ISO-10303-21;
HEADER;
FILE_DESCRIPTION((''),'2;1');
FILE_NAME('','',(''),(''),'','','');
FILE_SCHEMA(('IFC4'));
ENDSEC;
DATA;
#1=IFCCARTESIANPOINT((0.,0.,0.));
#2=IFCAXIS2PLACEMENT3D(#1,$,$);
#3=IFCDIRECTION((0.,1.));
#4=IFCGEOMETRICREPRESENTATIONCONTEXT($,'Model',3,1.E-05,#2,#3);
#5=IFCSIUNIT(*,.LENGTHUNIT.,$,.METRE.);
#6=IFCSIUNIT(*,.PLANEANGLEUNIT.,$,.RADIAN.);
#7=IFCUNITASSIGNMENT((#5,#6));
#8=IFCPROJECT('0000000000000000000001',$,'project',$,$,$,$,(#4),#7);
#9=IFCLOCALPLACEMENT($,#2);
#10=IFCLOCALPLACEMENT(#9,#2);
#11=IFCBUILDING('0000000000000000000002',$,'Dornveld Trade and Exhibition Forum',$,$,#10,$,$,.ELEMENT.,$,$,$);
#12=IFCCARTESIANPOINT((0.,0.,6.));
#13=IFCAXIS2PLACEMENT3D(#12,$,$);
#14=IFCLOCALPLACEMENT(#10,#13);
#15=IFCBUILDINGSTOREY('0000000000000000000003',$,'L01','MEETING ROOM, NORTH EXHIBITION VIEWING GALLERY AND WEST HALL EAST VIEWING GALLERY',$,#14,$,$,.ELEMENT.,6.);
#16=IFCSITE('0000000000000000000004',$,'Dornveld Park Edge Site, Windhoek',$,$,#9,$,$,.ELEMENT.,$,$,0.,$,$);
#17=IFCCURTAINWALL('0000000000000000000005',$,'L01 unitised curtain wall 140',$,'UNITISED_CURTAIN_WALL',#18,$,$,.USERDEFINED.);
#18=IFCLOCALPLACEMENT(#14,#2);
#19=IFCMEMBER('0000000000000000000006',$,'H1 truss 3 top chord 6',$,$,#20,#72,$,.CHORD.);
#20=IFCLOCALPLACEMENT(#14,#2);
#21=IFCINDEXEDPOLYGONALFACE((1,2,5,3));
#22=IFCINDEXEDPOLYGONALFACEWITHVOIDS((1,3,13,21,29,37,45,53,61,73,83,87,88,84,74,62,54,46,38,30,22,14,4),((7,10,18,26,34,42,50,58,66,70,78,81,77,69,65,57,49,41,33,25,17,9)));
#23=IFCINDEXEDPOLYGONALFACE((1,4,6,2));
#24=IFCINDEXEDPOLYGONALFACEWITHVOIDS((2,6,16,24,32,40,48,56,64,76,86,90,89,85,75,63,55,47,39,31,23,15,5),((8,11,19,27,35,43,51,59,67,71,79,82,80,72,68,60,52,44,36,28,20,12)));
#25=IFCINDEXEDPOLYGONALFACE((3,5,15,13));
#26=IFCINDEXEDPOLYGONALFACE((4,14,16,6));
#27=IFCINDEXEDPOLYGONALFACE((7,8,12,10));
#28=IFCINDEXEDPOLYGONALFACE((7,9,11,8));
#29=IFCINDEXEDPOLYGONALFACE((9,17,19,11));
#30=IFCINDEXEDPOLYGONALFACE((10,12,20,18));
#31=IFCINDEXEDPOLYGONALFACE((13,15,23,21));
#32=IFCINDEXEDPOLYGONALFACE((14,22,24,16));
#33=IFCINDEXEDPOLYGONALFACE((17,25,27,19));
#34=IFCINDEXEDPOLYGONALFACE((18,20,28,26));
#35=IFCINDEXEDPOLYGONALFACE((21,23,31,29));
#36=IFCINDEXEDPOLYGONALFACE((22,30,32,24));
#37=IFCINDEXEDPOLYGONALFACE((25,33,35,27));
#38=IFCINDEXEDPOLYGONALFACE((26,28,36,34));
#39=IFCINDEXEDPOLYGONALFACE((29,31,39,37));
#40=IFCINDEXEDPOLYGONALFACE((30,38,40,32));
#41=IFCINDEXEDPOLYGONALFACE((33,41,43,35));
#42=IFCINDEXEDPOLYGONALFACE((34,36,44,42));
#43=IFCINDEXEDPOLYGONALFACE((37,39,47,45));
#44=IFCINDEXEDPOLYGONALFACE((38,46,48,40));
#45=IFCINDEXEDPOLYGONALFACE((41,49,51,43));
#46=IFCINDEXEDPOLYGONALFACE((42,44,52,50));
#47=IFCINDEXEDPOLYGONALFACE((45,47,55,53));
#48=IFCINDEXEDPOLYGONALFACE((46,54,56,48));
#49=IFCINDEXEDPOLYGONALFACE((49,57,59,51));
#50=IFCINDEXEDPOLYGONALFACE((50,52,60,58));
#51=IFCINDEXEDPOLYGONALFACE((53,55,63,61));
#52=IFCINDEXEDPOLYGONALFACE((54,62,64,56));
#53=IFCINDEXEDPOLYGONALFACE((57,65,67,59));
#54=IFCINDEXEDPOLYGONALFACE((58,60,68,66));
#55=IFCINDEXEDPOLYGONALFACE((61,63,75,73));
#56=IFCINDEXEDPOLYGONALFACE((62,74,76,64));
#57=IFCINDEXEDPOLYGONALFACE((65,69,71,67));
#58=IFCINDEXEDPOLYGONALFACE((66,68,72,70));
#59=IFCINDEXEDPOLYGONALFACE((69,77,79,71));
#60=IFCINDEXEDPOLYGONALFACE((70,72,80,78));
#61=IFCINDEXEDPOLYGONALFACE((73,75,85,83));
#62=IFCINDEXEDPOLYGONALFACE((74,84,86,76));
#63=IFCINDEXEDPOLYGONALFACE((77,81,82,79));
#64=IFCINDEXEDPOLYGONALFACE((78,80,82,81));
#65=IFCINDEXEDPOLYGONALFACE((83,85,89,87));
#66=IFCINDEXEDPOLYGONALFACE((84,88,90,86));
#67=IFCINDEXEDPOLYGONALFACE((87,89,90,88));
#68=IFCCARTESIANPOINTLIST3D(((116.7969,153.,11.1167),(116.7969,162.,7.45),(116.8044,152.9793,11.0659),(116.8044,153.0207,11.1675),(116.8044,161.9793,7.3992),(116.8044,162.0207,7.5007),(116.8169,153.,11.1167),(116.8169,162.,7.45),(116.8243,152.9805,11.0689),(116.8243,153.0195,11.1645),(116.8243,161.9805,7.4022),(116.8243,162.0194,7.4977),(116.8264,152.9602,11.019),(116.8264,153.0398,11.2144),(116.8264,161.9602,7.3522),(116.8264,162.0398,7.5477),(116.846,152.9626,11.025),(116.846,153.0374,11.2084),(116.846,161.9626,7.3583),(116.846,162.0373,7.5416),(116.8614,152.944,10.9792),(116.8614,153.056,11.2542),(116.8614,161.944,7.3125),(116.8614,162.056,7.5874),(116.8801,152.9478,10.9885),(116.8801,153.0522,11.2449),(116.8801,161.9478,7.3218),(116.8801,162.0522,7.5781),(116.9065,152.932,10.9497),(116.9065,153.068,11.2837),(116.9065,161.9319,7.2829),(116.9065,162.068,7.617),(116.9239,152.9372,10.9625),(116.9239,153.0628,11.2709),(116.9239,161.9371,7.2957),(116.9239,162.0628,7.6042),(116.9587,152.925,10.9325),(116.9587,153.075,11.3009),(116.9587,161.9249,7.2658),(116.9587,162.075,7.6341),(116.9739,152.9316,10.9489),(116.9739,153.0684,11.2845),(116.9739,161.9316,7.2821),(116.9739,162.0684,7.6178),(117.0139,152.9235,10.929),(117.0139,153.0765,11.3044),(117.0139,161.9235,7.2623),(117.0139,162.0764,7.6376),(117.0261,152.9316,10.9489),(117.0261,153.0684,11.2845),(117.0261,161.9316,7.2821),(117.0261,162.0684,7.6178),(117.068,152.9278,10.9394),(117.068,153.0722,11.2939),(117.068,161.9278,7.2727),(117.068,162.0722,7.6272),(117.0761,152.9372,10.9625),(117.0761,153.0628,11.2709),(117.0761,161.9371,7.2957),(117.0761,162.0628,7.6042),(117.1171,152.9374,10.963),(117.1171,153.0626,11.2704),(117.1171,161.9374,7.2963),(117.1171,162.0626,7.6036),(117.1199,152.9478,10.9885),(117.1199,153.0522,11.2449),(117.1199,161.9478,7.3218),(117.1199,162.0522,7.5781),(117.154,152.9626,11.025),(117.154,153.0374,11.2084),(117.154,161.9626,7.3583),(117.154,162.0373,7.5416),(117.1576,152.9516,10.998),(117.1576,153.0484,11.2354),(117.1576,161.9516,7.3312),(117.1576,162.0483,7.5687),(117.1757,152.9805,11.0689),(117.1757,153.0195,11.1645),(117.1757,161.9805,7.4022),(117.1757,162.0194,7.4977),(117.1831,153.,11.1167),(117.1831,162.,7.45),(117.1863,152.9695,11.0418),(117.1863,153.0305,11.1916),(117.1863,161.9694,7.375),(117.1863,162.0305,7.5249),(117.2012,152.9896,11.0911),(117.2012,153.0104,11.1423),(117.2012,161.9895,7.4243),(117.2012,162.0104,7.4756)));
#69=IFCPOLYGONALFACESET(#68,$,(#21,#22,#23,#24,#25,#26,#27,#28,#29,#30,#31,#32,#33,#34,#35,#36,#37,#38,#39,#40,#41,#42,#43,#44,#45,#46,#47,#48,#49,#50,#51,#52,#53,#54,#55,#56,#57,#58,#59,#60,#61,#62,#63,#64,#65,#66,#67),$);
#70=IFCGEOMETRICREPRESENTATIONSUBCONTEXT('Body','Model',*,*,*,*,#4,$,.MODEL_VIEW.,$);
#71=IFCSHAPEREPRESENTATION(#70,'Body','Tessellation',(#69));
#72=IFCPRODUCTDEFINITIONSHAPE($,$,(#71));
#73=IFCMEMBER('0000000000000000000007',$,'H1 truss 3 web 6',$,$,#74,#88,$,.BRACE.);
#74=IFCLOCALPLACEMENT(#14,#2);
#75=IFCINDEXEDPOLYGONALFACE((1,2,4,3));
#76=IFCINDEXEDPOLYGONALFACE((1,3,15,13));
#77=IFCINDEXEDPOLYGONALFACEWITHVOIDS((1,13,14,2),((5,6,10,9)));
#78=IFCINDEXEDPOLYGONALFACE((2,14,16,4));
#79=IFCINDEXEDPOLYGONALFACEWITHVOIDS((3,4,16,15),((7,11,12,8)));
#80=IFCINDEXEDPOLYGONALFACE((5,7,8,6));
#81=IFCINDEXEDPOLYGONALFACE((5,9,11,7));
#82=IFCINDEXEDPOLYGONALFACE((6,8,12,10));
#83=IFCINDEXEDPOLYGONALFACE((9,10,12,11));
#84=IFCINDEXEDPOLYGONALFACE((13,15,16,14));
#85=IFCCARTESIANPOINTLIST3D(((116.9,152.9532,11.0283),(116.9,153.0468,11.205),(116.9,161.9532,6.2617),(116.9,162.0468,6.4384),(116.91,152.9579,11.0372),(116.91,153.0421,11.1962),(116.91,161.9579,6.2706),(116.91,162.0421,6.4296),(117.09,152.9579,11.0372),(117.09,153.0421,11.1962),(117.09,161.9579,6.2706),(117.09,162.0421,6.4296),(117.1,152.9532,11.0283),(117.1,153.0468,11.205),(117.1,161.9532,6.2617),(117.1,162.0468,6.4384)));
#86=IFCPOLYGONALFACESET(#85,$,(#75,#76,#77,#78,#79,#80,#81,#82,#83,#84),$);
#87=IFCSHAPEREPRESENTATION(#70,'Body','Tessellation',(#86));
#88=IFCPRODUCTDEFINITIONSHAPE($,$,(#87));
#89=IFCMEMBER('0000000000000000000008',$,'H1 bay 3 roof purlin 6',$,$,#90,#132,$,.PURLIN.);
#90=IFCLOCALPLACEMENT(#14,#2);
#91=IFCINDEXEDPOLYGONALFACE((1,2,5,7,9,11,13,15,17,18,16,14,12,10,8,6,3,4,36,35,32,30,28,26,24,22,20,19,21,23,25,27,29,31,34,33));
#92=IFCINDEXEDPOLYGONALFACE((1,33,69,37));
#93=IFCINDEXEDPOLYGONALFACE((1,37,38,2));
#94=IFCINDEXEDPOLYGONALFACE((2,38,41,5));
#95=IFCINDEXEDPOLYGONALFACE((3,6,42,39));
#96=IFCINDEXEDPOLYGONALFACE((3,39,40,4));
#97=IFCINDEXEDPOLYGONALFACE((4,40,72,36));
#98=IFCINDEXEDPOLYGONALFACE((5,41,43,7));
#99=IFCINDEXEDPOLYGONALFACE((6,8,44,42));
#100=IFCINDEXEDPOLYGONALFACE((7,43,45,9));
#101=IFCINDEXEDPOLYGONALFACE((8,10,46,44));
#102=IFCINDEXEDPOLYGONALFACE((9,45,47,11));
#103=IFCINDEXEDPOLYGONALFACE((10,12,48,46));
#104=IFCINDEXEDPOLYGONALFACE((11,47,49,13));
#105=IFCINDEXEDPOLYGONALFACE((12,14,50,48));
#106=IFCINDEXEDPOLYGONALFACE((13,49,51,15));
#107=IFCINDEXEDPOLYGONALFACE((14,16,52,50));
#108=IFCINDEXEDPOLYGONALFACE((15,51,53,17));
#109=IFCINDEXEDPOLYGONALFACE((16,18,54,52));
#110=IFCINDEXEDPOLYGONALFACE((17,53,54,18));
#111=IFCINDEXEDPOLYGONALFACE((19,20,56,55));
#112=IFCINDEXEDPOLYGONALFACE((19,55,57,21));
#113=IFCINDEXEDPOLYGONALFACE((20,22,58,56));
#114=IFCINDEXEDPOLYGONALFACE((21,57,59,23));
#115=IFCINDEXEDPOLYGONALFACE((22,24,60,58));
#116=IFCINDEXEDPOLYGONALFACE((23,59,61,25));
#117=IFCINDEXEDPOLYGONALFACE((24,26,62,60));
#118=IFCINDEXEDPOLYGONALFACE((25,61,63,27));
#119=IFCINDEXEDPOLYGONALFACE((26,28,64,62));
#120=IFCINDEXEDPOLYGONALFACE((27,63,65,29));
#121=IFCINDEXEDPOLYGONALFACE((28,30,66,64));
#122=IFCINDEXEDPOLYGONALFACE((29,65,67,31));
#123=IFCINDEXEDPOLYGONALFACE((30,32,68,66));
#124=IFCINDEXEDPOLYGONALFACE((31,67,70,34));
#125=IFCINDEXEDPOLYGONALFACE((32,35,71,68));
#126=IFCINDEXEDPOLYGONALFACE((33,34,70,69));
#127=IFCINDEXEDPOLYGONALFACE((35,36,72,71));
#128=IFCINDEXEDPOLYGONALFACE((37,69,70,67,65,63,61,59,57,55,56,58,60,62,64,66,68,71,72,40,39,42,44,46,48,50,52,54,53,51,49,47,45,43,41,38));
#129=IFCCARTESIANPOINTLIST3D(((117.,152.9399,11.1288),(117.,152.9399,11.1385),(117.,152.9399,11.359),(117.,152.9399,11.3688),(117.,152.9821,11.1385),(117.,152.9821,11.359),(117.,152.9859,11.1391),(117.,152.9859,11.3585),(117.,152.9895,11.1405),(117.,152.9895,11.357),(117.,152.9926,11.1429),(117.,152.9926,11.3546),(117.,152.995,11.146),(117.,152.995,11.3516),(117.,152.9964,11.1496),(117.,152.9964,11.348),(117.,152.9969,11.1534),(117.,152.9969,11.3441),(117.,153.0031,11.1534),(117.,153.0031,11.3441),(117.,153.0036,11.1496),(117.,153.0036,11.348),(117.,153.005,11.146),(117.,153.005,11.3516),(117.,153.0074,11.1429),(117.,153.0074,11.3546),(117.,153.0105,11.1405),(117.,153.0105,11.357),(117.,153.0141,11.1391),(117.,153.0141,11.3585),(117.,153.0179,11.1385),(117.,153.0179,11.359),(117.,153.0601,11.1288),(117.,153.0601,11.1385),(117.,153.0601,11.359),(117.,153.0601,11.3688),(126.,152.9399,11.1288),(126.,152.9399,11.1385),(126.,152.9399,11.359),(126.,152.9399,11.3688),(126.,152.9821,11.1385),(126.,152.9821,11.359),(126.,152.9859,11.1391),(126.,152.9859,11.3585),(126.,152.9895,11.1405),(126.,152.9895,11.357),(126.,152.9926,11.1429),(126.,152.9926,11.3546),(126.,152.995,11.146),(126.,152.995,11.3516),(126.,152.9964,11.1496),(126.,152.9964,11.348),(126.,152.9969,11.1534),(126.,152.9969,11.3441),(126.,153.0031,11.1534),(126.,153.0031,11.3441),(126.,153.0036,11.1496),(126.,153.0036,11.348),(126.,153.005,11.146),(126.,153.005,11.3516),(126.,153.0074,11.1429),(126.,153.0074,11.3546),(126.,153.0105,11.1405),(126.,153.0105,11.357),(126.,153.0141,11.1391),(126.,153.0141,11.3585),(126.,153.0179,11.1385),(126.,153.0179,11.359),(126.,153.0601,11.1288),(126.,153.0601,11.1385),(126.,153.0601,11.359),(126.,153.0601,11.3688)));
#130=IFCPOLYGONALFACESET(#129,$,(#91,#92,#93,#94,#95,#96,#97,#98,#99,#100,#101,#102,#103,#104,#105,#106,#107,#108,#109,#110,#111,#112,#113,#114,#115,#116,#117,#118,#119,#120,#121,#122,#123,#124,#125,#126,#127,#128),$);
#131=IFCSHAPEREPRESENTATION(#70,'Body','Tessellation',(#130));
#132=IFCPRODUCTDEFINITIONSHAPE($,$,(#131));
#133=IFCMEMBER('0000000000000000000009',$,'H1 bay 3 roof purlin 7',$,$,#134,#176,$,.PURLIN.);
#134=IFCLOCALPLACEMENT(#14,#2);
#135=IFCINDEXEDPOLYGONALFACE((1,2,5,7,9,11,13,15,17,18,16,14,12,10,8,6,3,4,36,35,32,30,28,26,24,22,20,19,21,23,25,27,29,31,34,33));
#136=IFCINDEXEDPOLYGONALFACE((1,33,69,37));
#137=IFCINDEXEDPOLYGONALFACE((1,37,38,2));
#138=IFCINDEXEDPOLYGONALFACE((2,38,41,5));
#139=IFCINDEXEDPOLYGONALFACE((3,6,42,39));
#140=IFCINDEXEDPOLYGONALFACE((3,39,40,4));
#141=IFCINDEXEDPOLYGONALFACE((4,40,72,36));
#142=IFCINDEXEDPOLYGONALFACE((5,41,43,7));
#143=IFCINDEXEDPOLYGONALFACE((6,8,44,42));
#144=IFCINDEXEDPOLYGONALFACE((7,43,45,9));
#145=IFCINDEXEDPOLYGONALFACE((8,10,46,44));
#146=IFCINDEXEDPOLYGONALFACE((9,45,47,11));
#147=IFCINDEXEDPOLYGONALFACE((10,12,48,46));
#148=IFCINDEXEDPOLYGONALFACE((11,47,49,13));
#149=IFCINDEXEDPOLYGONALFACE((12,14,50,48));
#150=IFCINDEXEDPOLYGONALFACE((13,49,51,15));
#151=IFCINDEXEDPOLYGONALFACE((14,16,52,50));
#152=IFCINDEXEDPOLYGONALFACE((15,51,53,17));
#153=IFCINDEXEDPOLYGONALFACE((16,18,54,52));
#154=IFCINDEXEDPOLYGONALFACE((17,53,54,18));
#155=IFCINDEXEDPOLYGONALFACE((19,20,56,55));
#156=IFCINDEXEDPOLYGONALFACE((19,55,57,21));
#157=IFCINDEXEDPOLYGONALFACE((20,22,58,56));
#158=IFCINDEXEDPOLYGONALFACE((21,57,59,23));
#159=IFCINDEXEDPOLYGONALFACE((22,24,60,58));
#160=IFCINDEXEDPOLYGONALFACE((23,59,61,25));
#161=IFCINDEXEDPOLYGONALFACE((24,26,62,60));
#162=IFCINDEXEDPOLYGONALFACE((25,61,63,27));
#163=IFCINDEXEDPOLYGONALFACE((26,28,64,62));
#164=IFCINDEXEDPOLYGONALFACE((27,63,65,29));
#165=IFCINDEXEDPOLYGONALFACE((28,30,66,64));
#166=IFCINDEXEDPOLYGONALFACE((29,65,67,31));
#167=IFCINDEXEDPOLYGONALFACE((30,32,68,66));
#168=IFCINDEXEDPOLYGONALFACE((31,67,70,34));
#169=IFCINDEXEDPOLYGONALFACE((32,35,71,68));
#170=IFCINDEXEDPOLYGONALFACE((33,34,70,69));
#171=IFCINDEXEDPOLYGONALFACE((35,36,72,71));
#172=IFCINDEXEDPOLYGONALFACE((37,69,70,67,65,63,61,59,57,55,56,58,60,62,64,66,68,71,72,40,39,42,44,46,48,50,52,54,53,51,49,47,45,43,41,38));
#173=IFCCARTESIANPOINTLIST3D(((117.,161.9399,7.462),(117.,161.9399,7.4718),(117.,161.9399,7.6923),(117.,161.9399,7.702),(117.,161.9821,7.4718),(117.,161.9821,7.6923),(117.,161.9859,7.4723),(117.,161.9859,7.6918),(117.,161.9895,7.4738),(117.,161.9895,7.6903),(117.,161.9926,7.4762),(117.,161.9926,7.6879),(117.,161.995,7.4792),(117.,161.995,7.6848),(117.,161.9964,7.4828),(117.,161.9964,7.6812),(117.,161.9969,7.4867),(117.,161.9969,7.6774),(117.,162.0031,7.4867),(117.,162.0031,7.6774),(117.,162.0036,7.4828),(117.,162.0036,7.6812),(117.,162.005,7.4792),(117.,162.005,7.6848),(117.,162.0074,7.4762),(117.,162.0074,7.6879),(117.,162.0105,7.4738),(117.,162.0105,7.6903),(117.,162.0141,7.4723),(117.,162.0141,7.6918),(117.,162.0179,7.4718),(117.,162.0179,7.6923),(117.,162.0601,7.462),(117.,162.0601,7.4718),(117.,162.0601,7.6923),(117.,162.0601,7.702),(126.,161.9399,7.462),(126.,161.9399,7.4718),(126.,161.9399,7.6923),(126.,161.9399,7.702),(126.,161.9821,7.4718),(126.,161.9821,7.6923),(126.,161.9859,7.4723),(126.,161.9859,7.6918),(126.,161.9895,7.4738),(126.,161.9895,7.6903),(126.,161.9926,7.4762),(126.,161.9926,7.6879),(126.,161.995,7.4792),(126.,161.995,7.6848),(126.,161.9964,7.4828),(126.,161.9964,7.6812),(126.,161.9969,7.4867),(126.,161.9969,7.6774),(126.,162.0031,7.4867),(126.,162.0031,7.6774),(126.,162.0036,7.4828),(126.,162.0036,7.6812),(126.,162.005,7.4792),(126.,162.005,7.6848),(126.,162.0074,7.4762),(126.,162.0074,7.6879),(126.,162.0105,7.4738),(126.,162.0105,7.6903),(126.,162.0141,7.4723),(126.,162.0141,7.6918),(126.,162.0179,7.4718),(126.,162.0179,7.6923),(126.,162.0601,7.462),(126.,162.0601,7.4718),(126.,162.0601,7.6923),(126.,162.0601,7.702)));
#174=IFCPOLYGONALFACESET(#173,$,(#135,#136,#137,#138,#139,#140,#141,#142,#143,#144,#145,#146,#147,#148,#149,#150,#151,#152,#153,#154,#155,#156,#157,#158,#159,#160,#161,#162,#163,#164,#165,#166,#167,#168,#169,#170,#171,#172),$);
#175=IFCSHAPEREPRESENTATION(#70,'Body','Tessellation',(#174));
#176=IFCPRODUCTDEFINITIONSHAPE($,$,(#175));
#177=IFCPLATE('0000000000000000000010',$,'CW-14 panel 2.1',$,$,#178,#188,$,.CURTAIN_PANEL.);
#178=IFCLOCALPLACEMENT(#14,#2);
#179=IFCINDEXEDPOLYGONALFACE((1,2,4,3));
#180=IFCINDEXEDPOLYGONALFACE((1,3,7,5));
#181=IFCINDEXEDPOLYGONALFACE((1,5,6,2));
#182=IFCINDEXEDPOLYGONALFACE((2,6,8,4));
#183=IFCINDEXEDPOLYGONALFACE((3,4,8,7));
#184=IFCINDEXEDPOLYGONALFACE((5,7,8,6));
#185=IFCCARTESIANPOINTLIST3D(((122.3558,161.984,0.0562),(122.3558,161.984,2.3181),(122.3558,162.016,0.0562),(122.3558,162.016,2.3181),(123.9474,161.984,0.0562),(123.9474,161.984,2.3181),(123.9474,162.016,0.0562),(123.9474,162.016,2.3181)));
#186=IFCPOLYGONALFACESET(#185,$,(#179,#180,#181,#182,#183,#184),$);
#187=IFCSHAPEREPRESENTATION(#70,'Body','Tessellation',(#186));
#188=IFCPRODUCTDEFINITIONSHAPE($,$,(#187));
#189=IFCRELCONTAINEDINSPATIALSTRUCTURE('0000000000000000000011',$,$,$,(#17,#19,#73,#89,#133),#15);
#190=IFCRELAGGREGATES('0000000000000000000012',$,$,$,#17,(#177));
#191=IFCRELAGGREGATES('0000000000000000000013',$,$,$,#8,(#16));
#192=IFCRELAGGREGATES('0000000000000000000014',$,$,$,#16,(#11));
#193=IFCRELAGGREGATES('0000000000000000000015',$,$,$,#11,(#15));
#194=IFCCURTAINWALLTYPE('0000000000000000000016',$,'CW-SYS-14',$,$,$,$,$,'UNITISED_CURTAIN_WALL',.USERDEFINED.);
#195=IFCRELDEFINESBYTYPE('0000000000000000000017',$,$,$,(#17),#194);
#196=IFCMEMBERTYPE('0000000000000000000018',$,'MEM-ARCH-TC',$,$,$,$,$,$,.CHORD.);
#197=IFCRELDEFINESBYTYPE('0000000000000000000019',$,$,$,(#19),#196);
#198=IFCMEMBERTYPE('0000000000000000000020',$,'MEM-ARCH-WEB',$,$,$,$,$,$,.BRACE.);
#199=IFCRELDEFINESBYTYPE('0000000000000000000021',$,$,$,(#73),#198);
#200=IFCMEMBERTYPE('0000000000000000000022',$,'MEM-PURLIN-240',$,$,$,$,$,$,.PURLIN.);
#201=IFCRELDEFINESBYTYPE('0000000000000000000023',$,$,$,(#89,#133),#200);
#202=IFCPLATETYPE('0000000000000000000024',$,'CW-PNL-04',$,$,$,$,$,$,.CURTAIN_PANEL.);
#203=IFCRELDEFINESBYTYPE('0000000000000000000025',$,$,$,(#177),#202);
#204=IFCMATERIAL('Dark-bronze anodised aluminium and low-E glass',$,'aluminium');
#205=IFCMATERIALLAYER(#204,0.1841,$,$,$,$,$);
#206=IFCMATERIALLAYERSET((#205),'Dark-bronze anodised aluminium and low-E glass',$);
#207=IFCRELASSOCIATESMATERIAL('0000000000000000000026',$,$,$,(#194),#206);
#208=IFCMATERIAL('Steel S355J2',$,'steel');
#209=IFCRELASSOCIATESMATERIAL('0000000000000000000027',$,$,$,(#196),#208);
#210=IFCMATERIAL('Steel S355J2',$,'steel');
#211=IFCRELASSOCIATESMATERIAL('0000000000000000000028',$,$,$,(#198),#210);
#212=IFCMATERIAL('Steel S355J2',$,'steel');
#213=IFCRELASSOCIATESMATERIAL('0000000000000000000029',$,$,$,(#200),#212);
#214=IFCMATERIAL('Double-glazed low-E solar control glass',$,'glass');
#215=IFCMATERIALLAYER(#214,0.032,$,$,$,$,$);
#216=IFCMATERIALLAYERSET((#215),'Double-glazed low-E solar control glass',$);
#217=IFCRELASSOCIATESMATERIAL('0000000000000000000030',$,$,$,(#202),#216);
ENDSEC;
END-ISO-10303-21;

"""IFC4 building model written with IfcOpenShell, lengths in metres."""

from ifc_helpers import new_model, si_unit, direction, frame, origin, origin_2d, place, context, subcontext, project, spatial, rectangle, hollow_rectangle, hollow_circle, i_section, extrude, material, layer, layer_set, material_profile, profile_set, type_object, element, aggregate, save


model = new_model("IFC4")

# Units and contexts
model_context = context("Model", 3, precision=1e-05, world=origin(), true_north=direction((0.0, 1.0)))
body_context = subcontext(model_context, "Body", "Model", "MODEL_VIEW")
ifc_project = project(units=[si_unit("LENGTHUNIT", "METRE"), si_unit("PLANEANGLEUNIT", "RADIAN")], contexts=[model_context])

# Site, building, storey
site_placement = place(None, origin())
site = spatial("IfcSite", under=ifc_project, at=site_placement, Name="Dornveld Park Edge Site, Windhoek", CompositionType="ELEMENT", RefElevation=0.0)
building_placement = place(site_placement, origin())
building = spatial("IfcBuilding", under=site, at=building_placement, Name="Dornveld Trade and Exhibition Forum", CompositionType="ELEMENT")
storey_placement = place(building_placement, frame((0.0, 0.0, 6.0)))
storey = spatial("IfcBuildingStorey", under=building, at=storey_placement, Name="L01", Description="MEETING ROOM, NORTH EXHIBITION VIEWING GALLERY AND WEST HALL EAST VIEWING GALLERY", CompositionType="ELEMENT", Elevation=6.0)

# Curtain wall
ifc_material_1 = material(Name="Dark-bronze anodised aluminium and low-E glass", Category="aluminium")
ifc_layer_1 = layer(ifc_material_1, 0.1841)
ifc_layer_set_1 = layer_set([ifc_layer_1], Name="Dark-bronze anodised aluminium and low-E glass")
curtain_wall_type = type_object("IfcCurtainWallType", Name="CW-SYS-14", ElementType="UNITISED_CURTAIN_WALL", PredefinedType="USERDEFINED", material=ifc_layer_set_1)
curtain_wall_placement = place(storey_placement, origin())
curtain_wall = element("IfcCurtainWall", 1, at=curtain_wall_placement, inside=storey, type_object=curtain_wall_type, Name="L01 unitised curtain wall 140", ObjectType="UNITISED_CURTAIN_WALL", PredefinedType="USERDEFINED")

# Members
ifc_material_2 = material(Name="Steel S355J2", Category="steel")
ifc_material_profile_1 = material_profile(ifc_material_2, hollow_circle(Radius=0.2031, WallThickness=0.02, at=origin_2d()), Name="CHS 406.4x20")
ifc_profile_set_1 = profile_set([ifc_material_profile_1], Name="Steel S355J2")
member_type_1 = type_object("IfcMemberType", Name="MEM-ARCH-TC", PredefinedType="CHORD", material=ifc_profile_set_1)
member_1_placement = place(storey_placement, frame((117.0, 153.0, 11.1167), z_axis=(0.0, 0.926089, -0.377304), x_axis=(-1.0, 0.0, 0.0)))
element("IfcMember", 2, at=member_1_placement, inside=storey, type_object=member_type_1, Name="H1 truss 3 top chord 6", PredefinedType="CHORD", context=body_context, shape_type="SweptSolid", body=[
    extrude(hollow_circle(Radius=0.2031, WallThickness=0.02, at=origin_2d()), origin(), (0.0, 0.0, 1.0), 9.7183),
])
ifc_material_3 = material(Name="Steel S355J2", Category="steel")
ifc_material_profile_2 = material_profile(ifc_material_3, hollow_rectangle(XDim=0.2, YDim=0.2, WallThickness=0.01, at=origin_2d()), Name="SHS 200x200x10")
ifc_profile_set_2 = profile_set([ifc_material_profile_2], Name="Steel S355J2")
member_type_2 = type_object("IfcMemberType", Name="MEM-ARCH-WEB", PredefinedType="BRACE", material=ifc_profile_set_2)
member_2_placement = place(storey_placement, frame((117.0, 162.0, 6.3501), z_axis=(0.0, -0.883711, 0.468033), x_axis=(1.0, 0.0, 0.0)))
element("IfcMember", 3, at=member_2_placement, inside=storey, type_object=member_type_2, Name="H1 truss 3 web 6", PredefinedType="BRACE", context=body_context, shape_type="SweptSolid", body=[
    extrude(hollow_rectangle(XDim=0.2, YDim=0.2, WallThickness=0.01, at=origin_2d()), origin(), (0.0, 0.0, 1.0), 10.1843),
])
ifc_material_4 = material(Name="Steel S355J2", Category="steel")
ifc_material_profile_3 = material_profile(ifc_material_4, i_section(OverallWidth=0.1201, OverallDepth=0.24, WebThickness=0.0061, FlangeThickness=0.0098, FilletRadius=0.0149, at=origin_2d()), Name="IPE 240")
ifc_profile_set_3 = profile_set([ifc_material_profile_3], Name="Steel S355J2")
member_type_3 = type_object("IfcMemberType", Name="MEM-PURLIN-240", PredefinedType="PURLIN", material=ifc_profile_set_3)
for number, where, z_axis, x_axis, name in (
    (4, (117.0, 153.0, 11.2488), (1.0, 0.0, 0.0), (0.0, 1.0, 0.0), "H1 bay 3 roof purlin 6"),
    (5, (117.0, 162.0, 7.582), (1.0, 0.0, 0.0), (0.0, 1.0, 0.0), "H1 bay 3 roof purlin 7"),
):
    element("IfcMember", number, at=place(storey_placement, frame(where, z_axis=z_axis, x_axis=x_axis)), inside=storey, type_object=member_type_3, Name=name, PredefinedType="PURLIN", context=body_context, shape_type="SweptSolid", body=[
        extrude(i_section(OverallWidth=0.1201, OverallDepth=0.24, WebThickness=0.0061, FlangeThickness=0.0098, FilletRadius=0.0149, at=origin_2d()), origin(), (0.0, 0.0, 1.0), 9.0),
    ])

# Plate
ifc_material_5 = material(Name="Double-glazed low-E solar control glass", Category="glass")
ifc_layer_2 = layer(ifc_material_5, 0.032)
ifc_layer_set_2 = layer_set([ifc_layer_2], Name="Double-glazed low-E solar control glass")
plate_type_1 = type_object("IfcPlateType", Name="CW-PNL-04", PredefinedType="CURTAIN_PANEL", material=ifc_layer_set_2)
plate_1_placement = place(storey_placement, frame((123.1516, 162.0, 0.0562), z_axis=(0.0, 0.0, 1.0), x_axis=(-1.0, 0.0, 0.0)))
plate_1 = element("IfcPlate", 6, at=plate_1_placement, type_object=plate_type_1, Name="CW-14 panel 2.1", PredefinedType="CURTAIN_PANEL", context=body_context, shape_type="SweptSolid", body=[
    extrude(rectangle(XDim=1.5916, YDim=0.032, at=origin_2d()), origin(), (0.0, 0.0, 1.0), 2.262),
])
aggregate(curtain_wall, [plate_1])

save(model, "model.ifc")
